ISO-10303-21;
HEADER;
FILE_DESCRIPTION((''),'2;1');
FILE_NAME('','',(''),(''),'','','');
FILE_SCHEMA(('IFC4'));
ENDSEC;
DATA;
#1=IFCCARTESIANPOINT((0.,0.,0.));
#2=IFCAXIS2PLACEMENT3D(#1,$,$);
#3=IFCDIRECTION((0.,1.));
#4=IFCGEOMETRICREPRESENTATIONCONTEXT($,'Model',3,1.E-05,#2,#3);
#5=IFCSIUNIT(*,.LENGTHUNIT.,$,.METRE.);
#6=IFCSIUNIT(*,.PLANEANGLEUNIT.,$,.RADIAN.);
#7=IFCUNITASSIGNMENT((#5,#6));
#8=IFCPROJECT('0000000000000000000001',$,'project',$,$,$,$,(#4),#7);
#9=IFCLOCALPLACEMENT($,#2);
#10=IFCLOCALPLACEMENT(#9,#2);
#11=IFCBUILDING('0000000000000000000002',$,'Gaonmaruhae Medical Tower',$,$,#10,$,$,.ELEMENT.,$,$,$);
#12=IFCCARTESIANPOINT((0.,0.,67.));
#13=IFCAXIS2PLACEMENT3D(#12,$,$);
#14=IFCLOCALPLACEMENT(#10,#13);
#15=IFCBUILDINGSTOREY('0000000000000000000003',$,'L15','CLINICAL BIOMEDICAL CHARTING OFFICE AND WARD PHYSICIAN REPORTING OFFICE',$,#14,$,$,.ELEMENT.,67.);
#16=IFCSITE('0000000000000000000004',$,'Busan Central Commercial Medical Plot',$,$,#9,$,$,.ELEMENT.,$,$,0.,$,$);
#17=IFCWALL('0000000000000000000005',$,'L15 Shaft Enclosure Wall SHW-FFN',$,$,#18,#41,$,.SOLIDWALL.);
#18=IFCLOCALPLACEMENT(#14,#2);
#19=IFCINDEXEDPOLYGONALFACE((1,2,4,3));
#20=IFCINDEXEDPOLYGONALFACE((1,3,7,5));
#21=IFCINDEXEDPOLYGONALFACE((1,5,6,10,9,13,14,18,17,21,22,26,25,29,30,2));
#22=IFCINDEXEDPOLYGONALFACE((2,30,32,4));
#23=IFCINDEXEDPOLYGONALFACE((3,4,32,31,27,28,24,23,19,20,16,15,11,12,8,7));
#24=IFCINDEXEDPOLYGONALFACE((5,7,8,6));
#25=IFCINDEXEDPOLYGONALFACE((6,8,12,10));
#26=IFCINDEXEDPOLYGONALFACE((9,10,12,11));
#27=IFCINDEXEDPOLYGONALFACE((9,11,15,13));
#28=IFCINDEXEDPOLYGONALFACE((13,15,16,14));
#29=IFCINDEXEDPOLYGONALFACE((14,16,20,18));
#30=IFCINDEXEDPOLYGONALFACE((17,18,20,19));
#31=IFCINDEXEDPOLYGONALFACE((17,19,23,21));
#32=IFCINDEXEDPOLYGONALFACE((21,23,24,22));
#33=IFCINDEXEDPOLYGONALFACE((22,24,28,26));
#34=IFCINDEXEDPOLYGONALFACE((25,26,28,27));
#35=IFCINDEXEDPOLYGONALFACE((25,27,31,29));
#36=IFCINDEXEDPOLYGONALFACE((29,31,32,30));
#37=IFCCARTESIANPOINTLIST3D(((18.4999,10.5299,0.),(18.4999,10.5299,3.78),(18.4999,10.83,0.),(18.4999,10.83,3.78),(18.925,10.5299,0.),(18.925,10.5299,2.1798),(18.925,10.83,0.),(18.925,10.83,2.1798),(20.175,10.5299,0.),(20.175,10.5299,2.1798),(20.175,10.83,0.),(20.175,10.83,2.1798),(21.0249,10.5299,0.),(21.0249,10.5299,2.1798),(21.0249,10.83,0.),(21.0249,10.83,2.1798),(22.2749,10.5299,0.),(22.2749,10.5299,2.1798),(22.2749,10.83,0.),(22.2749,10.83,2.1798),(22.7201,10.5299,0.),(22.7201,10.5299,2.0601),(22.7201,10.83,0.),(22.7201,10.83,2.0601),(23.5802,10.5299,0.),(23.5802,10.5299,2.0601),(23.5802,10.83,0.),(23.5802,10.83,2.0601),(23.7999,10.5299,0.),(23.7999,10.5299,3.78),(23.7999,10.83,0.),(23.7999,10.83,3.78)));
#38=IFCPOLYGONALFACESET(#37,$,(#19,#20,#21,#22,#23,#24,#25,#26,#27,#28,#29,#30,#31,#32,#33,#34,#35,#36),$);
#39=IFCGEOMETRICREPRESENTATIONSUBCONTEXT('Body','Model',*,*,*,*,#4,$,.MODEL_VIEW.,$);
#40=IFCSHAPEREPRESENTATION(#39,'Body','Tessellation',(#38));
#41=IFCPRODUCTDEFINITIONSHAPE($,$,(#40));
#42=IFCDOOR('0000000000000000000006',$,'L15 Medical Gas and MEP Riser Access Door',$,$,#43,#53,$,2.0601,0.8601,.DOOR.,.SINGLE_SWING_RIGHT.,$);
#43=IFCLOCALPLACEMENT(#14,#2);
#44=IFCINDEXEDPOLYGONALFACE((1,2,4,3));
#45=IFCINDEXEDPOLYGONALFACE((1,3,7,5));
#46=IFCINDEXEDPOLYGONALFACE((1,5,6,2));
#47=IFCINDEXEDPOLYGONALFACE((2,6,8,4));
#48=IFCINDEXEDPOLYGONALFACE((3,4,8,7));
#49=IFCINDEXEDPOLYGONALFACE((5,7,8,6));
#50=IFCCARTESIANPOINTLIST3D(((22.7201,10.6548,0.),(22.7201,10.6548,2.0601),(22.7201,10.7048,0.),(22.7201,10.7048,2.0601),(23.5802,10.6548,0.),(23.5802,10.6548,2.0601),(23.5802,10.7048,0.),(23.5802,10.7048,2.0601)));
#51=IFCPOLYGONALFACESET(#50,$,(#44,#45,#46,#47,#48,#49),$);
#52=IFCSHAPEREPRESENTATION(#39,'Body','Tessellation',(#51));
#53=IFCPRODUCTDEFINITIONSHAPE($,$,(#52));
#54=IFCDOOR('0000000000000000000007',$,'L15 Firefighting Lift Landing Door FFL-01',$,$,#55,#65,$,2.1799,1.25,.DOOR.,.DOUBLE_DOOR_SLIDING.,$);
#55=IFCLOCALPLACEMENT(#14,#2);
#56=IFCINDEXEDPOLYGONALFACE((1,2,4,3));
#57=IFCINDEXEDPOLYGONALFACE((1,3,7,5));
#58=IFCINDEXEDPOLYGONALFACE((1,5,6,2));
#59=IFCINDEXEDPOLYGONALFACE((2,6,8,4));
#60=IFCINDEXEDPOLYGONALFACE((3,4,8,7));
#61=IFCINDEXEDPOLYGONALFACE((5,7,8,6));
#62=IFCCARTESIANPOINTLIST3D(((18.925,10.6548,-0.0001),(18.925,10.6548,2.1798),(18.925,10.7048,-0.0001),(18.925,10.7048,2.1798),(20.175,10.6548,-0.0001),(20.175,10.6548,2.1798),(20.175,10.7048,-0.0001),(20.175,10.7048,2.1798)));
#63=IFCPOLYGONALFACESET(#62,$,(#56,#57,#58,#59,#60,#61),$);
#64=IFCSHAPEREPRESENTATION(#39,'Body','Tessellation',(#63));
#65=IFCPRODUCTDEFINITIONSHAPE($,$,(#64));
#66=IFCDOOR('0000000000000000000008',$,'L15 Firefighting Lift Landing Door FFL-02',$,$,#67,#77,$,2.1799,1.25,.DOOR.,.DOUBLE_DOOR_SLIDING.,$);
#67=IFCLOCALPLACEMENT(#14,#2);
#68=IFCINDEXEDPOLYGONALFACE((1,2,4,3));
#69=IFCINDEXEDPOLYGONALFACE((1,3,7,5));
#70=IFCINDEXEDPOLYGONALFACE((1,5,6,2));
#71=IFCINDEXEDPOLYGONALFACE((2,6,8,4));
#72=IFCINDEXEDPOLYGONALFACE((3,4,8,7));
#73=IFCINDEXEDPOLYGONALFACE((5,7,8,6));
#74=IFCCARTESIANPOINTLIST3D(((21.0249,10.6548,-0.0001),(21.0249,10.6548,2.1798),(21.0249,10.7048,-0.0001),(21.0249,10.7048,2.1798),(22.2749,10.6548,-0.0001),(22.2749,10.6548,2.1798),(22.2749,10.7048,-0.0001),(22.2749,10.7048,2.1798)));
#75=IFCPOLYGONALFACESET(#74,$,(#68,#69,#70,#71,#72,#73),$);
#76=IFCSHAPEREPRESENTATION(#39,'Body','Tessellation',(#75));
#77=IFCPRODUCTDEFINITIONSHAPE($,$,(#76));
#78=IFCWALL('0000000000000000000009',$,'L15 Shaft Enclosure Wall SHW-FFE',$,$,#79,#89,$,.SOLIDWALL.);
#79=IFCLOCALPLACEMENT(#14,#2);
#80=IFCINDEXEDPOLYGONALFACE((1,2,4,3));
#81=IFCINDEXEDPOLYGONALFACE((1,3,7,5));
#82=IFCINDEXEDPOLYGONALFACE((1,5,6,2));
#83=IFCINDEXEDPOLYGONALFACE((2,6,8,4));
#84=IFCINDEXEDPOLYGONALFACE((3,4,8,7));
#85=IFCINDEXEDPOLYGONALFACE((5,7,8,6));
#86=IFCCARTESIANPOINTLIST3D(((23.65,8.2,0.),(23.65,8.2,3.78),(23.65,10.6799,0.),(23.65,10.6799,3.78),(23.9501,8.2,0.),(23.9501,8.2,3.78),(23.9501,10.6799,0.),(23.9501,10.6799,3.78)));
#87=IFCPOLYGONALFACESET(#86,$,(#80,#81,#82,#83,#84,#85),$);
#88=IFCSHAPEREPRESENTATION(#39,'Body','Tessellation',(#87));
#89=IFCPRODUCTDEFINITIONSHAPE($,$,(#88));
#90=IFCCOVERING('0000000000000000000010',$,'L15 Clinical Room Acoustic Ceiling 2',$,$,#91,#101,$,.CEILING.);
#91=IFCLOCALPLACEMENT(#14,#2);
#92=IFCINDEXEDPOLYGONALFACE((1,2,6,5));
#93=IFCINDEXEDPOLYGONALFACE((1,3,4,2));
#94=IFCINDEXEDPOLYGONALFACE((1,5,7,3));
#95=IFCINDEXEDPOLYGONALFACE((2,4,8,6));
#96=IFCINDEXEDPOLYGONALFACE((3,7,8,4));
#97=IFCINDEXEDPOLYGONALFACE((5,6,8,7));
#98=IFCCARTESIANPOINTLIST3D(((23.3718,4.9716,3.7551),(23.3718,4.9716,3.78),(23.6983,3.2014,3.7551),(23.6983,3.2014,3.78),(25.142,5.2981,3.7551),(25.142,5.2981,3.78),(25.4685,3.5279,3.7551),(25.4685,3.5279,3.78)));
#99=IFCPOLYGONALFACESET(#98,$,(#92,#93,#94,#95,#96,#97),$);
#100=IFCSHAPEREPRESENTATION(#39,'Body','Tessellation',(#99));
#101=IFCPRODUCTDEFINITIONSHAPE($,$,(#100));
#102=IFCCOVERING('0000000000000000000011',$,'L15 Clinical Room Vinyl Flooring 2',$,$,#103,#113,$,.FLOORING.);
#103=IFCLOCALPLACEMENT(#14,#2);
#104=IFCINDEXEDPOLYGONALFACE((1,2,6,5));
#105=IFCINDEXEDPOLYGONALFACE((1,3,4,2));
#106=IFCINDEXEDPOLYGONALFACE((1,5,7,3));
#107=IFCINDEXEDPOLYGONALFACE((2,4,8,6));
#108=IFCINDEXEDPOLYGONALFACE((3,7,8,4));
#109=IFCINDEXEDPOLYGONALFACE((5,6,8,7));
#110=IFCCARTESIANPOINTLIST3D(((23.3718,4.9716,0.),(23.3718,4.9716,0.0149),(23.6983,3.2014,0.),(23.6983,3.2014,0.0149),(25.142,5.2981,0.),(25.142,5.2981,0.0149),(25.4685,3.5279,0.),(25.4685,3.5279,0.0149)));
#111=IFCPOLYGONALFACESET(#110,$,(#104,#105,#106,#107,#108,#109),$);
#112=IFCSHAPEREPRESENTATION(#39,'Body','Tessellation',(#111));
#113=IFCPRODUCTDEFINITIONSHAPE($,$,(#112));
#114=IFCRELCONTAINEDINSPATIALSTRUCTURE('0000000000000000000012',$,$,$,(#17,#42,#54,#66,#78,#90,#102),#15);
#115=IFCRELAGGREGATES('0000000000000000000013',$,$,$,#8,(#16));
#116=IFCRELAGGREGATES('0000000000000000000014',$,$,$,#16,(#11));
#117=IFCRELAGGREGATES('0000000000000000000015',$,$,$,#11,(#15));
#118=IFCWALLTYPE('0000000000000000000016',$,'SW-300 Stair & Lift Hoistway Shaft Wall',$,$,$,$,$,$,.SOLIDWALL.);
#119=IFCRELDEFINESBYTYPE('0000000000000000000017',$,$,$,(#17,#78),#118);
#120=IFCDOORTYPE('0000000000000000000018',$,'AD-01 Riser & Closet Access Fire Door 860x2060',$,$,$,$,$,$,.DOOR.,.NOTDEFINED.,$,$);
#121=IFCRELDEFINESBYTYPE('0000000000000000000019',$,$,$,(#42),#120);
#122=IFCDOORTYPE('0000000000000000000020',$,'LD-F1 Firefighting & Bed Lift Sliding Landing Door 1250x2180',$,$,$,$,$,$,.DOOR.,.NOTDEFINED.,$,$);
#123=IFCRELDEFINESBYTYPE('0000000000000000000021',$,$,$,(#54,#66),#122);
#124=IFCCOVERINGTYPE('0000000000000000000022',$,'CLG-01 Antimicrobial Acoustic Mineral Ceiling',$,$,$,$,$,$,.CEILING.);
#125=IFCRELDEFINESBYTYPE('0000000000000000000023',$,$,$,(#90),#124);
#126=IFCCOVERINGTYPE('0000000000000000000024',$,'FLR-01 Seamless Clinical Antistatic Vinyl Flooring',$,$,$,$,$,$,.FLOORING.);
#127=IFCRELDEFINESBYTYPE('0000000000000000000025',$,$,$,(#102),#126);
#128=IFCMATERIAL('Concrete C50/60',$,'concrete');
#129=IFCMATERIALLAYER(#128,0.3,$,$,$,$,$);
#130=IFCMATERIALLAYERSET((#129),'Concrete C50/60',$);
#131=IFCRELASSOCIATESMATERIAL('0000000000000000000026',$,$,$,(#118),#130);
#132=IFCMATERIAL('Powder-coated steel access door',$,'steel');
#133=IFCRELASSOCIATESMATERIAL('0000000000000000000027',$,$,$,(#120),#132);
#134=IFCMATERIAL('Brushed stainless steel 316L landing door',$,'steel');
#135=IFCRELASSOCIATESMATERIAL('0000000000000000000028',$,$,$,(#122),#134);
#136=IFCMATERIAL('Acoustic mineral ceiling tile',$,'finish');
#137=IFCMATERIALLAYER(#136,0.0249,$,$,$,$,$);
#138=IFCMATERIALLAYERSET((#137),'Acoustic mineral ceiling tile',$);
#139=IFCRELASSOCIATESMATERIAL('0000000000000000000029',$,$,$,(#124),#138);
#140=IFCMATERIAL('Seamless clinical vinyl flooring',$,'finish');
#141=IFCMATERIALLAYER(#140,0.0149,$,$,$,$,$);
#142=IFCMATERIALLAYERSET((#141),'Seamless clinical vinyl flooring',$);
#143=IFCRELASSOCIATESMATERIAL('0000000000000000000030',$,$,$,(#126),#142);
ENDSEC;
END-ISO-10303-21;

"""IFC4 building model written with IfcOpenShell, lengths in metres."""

from ifc_helpers import new_model, si_unit, direction, frame, frame_2d, origin, origin_2d, place, context, subcontext, project, spatial, rectangle, extrude, material, layer, layer_set, type_object, element, fill, save


model = new_model("IFC4")

# Units and contexts
model_context = context("Model", 3, precision=1e-05, world=origin(), true_north=direction((0.0, 1.0)))
body_context = subcontext(model_context, "Body", "Model", "MODEL_VIEW")
ifc_project = project(units=[si_unit("LENGTHUNIT", "METRE"), si_unit("PLANEANGLEUNIT", "RADIAN")], contexts=[model_context])

# Site, building, storey
site_placement = place(None, origin())
site = spatial("IfcSite", under=ifc_project, at=site_placement, Name="Busan Central Commercial Medical Plot", CompositionType="ELEMENT", RefElevation=0.0)
building_placement = place(site_placement, origin())
building = spatial("IfcBuilding", under=site, at=building_placement, Name="Gaonmaruhae Medical Tower", CompositionType="ELEMENT")
storey_placement = place(building_placement, frame((0.0, 0.0, 67.0)))
storey = spatial("IfcBuildingStorey", under=building, at=storey_placement, Name="L15", Description="CLINICAL BIOMEDICAL CHARTING OFFICE AND WARD PHYSICIAN REPORTING OFFICE", CompositionType="ELEMENT", Elevation=67.0)

# Shared definitions
ifc_material_1 = material(Name="Concrete C50/60", Category="concrete")

# Wall, openings, doors
ifc_layer_1 = layer(ifc_material_1, 0.3)
ifc_layer_set_1 = layer_set([ifc_layer_1], Name="Concrete C50/60")
wall_type_1 = type_object("IfcWallType", Name="SW-300 Stair & Lift Hoistway Shaft Wall", PredefinedType="SOLIDWALL", material=ifc_layer_set_1)
wall_1_placement = place(storey_placement, frame((18.5, 10.6799, 0.0), z_axis=(0.0, 0.0, 1.0), x_axis=(1.0, 0.0, 0.0)))
wall_1 = element("IfcWall", 1, at=wall_1_placement, inside=storey, type_object=wall_type_1, Name="L15 Shaft Enclosure Wall SHW-FFN", PredefinedType="SOLIDWALL", context=body_context, shape_type="SweptSolid", body=[
    extrude(rectangle(XDim=5.3, YDim=0.3, at=frame_2d((2.6499, 0.0))), origin(), (0.0, 0.0, 1.0), 3.78),
])
opening_1_placement = place(wall_1_placement, frame((4.22, 0.0, 0.0)))
opening_1 = element("IfcOpeningElement", 2, at=opening_1_placement, cuts=wall_1, PredefinedType="OPENING", context=body_context, shape_type="SweptSolid", body=[
    extrude(rectangle(XDim=0.8601, YDim=2.0601, at=frame_2d((0.4302, 1.03))), frame((0.0, 0.1602, 0.0), z_axis=(0.0, -1.0, 0.0), x_axis=(1.0, 0.0, 0.0)), (0.0, 0.0, 1.0), 0.3201),
])
opening_2_placement = place(wall_1_placement, frame((0.425, 0.0, 0.0)))
opening_2 = element("IfcOpeningElement", 3, at=opening_2_placement, cuts=wall_1, PredefinedType="OPENING", context=body_context, shape_type="SweptSolid", body=[
    extrude(rectangle(XDim=1.25, YDim=2.1799, at=frame_2d((0.625, 1.0898))), frame((0.0, 0.1602, 0.0), z_axis=(0.0, -1.0, 0.0), x_axis=(1.0, 0.0, 0.0)), (0.0, 0.0, 1.0), 0.3201),
])
opening_3_placement = place(wall_1_placement, frame((2.5249, 0.0, 0.0)))
opening_3 = element("IfcOpeningElement", 4, at=opening_3_placement, cuts=wall_1, PredefinedType="OPENING", context=body_context, shape_type="SweptSolid", body=[
    extrude(rectangle(XDim=1.25, YDim=2.1799, at=frame_2d((0.625, 1.0898))), frame((0.0, 0.1602, 0.0), z_axis=(0.0, -1.0, 0.0), x_axis=(1.0, 0.0, 0.0)), (0.0, 0.0, 1.0), 0.3201),
])
ifc_material_2 = material(Name="Powder-coated steel access door", Category="steel")
door_type_1 = type_object("IfcDoorType", Name="AD-01 Riser & Closet Access Fire Door 860x2060", OperationType="NOTDEFINED", PredefinedType="DOOR", material=ifc_material_2)
door_1_placement = place(opening_1_placement, origin())
door_1 = element("IfcDoor", 5, at=door_1_placement, inside=storey, type_object=door_type_1, Name="L15 Medical Gas and MEP Riser Access Door", OperationType="SINGLE_SWING_RIGHT", OverallHeight=2.0601, OverallWidth=0.8601, PredefinedType="DOOR", context=body_context, shape_type="SweptSolid", body=[
    extrude(rectangle(XDim=0.8601, YDim=2.0601, at=frame_2d((0.4302, 1.03))), frame((0.0, 0.0249, 0.0), z_axis=(0.0, -1.0, 0.0), x_axis=(1.0, 0.0, 0.0)), (0.0, 0.0, 1.0), 0.05),
])
fill(opening_1, door_1)
ifc_material_3 = material(Name="Brushed stainless steel 316L landing door", Category="steel")
door_type_2 = type_object("IfcDoorType", Name="LD-F1 Firefighting & Bed Lift Sliding Landing Door 1250x2180", OperationType="NOTDEFINED", PredefinedType="DOOR", material=ifc_material_3)
door_2_placement = place(opening_2_placement, origin())
door_2 = element("IfcDoor", 6, at=door_2_placement, inside=storey, type_object=door_type_2, Name="L15 Firefighting Lift Landing Door FFL-01", OperationType="DOUBLE_DOOR_SLIDING", OverallHeight=2.1799, OverallWidth=1.25, PredefinedType="DOOR", context=body_context, shape_type="SweptSolid", body=[
    extrude(rectangle(XDim=1.25, YDim=2.1799, at=frame_2d((0.625, 1.0898))), frame((0.0, 0.0249, 0.0), z_axis=(0.0, -1.0, 0.0), x_axis=(1.0, 0.0, 0.0)), (0.0, 0.0, 1.0), 0.05),
])
fill(opening_2, door_2)
door_3_placement = place(opening_3_placement, origin())
door_3 = element("IfcDoor", 7, at=door_3_placement, inside=storey, type_object=door_type_2, Name="L15 Firefighting Lift Landing Door FFL-02", OperationType="DOUBLE_DOOR_SLIDING", OverallHeight=2.1799, OverallWidth=1.25, PredefinedType="DOOR", context=body_context, shape_type="SweptSolid", body=[
    extrude(rectangle(XDim=1.25, YDim=2.1799, at=frame_2d((0.625, 1.0898))), frame((0.0, 0.0249, 0.0), z_axis=(0.0, -1.0, 0.0), x_axis=(1.0, 0.0, 0.0)), (0.0, 0.0, 1.0), 0.05),
])
fill(opening_3, door_3)

# Wall
wall_2_placement = place(storey_placement, frame((23.8, 8.2, 0.0), z_axis=(0.0, 0.0, 1.0), x_axis=(0.0, 1.0, 0.0)))
element("IfcWall", 8, at=wall_2_placement, inside=storey, type_object=wall_type_1, Name="L15 Shaft Enclosure Wall SHW-FFE", PredefinedType="SOLIDWALL", context=body_context, shape_type="SweptSolid", body=[
    extrude(rectangle(XDim=2.48, YDim=0.3, at=frame_2d((1.24, 0.0))), origin(), (0.0, 0.0, 1.0), 3.78),
])

# Coverings
ifc_material_4 = material(Name="Acoustic mineral ceiling tile", Category="finish")
ifc_layer_2 = layer(ifc_material_4, 0.0249)
ifc_layer_set_2 = layer_set([ifc_layer_2], Name="Acoustic mineral ceiling tile")
covering_type_1 = type_object("IfcCoveringType", Name="CLG-01 Antimicrobial Acoustic Mineral Ceiling", PredefinedType="CEILING", material=ifc_layer_set_2)
covering_1_placement = place(storey_placement, frame((24.4202, 4.2498, 3.7551), z_axis=(0.0, 0.0, 1.0), x_axis=(0.983414, 0.181377, 0.0)))
element("IfcCovering", 9, at=covering_1_placement, inside=storey, type_object=covering_type_1, Name="L15 Clinical Room Acoustic Ceiling 2", PredefinedType="CEILING", context=body_context, shape_type="SweptSolid", body=[
    extrude(rectangle(XDim=1.8, YDim=1.8, at=origin_2d()), origin(), (0.0, 0.0, 1.0), 0.0249),
])
ifc_material_5 = material(Name="Seamless clinical vinyl flooring", Category="finish")
ifc_layer_3 = layer(ifc_material_5, 0.0149)
ifc_layer_set_3 = layer_set([ifc_layer_3], Name="Seamless clinical vinyl flooring")
covering_type_2 = type_object("IfcCoveringType", Name="FLR-01 Seamless Clinical Antistatic Vinyl Flooring", PredefinedType="FLOORING", material=ifc_layer_set_3)
covering_2_placement = place(storey_placement, frame((24.4202, 4.2498, 0.0), z_axis=(0.0, 0.0, 1.0), x_axis=(0.983414, 0.181377, 0.0)))
element("IfcCovering", 10, at=covering_2_placement, inside=storey, type_object=covering_type_2, Name="L15 Clinical Room Vinyl Flooring 2", PredefinedType="FLOORING", context=body_context, shape_type="SweptSolid", body=[
    extrude(rectangle(XDim=1.8, YDim=1.8, at=origin_2d()), origin(), (0.0, 0.0, 1.0), 0.0149),
])

save(model, "model.ifc")
